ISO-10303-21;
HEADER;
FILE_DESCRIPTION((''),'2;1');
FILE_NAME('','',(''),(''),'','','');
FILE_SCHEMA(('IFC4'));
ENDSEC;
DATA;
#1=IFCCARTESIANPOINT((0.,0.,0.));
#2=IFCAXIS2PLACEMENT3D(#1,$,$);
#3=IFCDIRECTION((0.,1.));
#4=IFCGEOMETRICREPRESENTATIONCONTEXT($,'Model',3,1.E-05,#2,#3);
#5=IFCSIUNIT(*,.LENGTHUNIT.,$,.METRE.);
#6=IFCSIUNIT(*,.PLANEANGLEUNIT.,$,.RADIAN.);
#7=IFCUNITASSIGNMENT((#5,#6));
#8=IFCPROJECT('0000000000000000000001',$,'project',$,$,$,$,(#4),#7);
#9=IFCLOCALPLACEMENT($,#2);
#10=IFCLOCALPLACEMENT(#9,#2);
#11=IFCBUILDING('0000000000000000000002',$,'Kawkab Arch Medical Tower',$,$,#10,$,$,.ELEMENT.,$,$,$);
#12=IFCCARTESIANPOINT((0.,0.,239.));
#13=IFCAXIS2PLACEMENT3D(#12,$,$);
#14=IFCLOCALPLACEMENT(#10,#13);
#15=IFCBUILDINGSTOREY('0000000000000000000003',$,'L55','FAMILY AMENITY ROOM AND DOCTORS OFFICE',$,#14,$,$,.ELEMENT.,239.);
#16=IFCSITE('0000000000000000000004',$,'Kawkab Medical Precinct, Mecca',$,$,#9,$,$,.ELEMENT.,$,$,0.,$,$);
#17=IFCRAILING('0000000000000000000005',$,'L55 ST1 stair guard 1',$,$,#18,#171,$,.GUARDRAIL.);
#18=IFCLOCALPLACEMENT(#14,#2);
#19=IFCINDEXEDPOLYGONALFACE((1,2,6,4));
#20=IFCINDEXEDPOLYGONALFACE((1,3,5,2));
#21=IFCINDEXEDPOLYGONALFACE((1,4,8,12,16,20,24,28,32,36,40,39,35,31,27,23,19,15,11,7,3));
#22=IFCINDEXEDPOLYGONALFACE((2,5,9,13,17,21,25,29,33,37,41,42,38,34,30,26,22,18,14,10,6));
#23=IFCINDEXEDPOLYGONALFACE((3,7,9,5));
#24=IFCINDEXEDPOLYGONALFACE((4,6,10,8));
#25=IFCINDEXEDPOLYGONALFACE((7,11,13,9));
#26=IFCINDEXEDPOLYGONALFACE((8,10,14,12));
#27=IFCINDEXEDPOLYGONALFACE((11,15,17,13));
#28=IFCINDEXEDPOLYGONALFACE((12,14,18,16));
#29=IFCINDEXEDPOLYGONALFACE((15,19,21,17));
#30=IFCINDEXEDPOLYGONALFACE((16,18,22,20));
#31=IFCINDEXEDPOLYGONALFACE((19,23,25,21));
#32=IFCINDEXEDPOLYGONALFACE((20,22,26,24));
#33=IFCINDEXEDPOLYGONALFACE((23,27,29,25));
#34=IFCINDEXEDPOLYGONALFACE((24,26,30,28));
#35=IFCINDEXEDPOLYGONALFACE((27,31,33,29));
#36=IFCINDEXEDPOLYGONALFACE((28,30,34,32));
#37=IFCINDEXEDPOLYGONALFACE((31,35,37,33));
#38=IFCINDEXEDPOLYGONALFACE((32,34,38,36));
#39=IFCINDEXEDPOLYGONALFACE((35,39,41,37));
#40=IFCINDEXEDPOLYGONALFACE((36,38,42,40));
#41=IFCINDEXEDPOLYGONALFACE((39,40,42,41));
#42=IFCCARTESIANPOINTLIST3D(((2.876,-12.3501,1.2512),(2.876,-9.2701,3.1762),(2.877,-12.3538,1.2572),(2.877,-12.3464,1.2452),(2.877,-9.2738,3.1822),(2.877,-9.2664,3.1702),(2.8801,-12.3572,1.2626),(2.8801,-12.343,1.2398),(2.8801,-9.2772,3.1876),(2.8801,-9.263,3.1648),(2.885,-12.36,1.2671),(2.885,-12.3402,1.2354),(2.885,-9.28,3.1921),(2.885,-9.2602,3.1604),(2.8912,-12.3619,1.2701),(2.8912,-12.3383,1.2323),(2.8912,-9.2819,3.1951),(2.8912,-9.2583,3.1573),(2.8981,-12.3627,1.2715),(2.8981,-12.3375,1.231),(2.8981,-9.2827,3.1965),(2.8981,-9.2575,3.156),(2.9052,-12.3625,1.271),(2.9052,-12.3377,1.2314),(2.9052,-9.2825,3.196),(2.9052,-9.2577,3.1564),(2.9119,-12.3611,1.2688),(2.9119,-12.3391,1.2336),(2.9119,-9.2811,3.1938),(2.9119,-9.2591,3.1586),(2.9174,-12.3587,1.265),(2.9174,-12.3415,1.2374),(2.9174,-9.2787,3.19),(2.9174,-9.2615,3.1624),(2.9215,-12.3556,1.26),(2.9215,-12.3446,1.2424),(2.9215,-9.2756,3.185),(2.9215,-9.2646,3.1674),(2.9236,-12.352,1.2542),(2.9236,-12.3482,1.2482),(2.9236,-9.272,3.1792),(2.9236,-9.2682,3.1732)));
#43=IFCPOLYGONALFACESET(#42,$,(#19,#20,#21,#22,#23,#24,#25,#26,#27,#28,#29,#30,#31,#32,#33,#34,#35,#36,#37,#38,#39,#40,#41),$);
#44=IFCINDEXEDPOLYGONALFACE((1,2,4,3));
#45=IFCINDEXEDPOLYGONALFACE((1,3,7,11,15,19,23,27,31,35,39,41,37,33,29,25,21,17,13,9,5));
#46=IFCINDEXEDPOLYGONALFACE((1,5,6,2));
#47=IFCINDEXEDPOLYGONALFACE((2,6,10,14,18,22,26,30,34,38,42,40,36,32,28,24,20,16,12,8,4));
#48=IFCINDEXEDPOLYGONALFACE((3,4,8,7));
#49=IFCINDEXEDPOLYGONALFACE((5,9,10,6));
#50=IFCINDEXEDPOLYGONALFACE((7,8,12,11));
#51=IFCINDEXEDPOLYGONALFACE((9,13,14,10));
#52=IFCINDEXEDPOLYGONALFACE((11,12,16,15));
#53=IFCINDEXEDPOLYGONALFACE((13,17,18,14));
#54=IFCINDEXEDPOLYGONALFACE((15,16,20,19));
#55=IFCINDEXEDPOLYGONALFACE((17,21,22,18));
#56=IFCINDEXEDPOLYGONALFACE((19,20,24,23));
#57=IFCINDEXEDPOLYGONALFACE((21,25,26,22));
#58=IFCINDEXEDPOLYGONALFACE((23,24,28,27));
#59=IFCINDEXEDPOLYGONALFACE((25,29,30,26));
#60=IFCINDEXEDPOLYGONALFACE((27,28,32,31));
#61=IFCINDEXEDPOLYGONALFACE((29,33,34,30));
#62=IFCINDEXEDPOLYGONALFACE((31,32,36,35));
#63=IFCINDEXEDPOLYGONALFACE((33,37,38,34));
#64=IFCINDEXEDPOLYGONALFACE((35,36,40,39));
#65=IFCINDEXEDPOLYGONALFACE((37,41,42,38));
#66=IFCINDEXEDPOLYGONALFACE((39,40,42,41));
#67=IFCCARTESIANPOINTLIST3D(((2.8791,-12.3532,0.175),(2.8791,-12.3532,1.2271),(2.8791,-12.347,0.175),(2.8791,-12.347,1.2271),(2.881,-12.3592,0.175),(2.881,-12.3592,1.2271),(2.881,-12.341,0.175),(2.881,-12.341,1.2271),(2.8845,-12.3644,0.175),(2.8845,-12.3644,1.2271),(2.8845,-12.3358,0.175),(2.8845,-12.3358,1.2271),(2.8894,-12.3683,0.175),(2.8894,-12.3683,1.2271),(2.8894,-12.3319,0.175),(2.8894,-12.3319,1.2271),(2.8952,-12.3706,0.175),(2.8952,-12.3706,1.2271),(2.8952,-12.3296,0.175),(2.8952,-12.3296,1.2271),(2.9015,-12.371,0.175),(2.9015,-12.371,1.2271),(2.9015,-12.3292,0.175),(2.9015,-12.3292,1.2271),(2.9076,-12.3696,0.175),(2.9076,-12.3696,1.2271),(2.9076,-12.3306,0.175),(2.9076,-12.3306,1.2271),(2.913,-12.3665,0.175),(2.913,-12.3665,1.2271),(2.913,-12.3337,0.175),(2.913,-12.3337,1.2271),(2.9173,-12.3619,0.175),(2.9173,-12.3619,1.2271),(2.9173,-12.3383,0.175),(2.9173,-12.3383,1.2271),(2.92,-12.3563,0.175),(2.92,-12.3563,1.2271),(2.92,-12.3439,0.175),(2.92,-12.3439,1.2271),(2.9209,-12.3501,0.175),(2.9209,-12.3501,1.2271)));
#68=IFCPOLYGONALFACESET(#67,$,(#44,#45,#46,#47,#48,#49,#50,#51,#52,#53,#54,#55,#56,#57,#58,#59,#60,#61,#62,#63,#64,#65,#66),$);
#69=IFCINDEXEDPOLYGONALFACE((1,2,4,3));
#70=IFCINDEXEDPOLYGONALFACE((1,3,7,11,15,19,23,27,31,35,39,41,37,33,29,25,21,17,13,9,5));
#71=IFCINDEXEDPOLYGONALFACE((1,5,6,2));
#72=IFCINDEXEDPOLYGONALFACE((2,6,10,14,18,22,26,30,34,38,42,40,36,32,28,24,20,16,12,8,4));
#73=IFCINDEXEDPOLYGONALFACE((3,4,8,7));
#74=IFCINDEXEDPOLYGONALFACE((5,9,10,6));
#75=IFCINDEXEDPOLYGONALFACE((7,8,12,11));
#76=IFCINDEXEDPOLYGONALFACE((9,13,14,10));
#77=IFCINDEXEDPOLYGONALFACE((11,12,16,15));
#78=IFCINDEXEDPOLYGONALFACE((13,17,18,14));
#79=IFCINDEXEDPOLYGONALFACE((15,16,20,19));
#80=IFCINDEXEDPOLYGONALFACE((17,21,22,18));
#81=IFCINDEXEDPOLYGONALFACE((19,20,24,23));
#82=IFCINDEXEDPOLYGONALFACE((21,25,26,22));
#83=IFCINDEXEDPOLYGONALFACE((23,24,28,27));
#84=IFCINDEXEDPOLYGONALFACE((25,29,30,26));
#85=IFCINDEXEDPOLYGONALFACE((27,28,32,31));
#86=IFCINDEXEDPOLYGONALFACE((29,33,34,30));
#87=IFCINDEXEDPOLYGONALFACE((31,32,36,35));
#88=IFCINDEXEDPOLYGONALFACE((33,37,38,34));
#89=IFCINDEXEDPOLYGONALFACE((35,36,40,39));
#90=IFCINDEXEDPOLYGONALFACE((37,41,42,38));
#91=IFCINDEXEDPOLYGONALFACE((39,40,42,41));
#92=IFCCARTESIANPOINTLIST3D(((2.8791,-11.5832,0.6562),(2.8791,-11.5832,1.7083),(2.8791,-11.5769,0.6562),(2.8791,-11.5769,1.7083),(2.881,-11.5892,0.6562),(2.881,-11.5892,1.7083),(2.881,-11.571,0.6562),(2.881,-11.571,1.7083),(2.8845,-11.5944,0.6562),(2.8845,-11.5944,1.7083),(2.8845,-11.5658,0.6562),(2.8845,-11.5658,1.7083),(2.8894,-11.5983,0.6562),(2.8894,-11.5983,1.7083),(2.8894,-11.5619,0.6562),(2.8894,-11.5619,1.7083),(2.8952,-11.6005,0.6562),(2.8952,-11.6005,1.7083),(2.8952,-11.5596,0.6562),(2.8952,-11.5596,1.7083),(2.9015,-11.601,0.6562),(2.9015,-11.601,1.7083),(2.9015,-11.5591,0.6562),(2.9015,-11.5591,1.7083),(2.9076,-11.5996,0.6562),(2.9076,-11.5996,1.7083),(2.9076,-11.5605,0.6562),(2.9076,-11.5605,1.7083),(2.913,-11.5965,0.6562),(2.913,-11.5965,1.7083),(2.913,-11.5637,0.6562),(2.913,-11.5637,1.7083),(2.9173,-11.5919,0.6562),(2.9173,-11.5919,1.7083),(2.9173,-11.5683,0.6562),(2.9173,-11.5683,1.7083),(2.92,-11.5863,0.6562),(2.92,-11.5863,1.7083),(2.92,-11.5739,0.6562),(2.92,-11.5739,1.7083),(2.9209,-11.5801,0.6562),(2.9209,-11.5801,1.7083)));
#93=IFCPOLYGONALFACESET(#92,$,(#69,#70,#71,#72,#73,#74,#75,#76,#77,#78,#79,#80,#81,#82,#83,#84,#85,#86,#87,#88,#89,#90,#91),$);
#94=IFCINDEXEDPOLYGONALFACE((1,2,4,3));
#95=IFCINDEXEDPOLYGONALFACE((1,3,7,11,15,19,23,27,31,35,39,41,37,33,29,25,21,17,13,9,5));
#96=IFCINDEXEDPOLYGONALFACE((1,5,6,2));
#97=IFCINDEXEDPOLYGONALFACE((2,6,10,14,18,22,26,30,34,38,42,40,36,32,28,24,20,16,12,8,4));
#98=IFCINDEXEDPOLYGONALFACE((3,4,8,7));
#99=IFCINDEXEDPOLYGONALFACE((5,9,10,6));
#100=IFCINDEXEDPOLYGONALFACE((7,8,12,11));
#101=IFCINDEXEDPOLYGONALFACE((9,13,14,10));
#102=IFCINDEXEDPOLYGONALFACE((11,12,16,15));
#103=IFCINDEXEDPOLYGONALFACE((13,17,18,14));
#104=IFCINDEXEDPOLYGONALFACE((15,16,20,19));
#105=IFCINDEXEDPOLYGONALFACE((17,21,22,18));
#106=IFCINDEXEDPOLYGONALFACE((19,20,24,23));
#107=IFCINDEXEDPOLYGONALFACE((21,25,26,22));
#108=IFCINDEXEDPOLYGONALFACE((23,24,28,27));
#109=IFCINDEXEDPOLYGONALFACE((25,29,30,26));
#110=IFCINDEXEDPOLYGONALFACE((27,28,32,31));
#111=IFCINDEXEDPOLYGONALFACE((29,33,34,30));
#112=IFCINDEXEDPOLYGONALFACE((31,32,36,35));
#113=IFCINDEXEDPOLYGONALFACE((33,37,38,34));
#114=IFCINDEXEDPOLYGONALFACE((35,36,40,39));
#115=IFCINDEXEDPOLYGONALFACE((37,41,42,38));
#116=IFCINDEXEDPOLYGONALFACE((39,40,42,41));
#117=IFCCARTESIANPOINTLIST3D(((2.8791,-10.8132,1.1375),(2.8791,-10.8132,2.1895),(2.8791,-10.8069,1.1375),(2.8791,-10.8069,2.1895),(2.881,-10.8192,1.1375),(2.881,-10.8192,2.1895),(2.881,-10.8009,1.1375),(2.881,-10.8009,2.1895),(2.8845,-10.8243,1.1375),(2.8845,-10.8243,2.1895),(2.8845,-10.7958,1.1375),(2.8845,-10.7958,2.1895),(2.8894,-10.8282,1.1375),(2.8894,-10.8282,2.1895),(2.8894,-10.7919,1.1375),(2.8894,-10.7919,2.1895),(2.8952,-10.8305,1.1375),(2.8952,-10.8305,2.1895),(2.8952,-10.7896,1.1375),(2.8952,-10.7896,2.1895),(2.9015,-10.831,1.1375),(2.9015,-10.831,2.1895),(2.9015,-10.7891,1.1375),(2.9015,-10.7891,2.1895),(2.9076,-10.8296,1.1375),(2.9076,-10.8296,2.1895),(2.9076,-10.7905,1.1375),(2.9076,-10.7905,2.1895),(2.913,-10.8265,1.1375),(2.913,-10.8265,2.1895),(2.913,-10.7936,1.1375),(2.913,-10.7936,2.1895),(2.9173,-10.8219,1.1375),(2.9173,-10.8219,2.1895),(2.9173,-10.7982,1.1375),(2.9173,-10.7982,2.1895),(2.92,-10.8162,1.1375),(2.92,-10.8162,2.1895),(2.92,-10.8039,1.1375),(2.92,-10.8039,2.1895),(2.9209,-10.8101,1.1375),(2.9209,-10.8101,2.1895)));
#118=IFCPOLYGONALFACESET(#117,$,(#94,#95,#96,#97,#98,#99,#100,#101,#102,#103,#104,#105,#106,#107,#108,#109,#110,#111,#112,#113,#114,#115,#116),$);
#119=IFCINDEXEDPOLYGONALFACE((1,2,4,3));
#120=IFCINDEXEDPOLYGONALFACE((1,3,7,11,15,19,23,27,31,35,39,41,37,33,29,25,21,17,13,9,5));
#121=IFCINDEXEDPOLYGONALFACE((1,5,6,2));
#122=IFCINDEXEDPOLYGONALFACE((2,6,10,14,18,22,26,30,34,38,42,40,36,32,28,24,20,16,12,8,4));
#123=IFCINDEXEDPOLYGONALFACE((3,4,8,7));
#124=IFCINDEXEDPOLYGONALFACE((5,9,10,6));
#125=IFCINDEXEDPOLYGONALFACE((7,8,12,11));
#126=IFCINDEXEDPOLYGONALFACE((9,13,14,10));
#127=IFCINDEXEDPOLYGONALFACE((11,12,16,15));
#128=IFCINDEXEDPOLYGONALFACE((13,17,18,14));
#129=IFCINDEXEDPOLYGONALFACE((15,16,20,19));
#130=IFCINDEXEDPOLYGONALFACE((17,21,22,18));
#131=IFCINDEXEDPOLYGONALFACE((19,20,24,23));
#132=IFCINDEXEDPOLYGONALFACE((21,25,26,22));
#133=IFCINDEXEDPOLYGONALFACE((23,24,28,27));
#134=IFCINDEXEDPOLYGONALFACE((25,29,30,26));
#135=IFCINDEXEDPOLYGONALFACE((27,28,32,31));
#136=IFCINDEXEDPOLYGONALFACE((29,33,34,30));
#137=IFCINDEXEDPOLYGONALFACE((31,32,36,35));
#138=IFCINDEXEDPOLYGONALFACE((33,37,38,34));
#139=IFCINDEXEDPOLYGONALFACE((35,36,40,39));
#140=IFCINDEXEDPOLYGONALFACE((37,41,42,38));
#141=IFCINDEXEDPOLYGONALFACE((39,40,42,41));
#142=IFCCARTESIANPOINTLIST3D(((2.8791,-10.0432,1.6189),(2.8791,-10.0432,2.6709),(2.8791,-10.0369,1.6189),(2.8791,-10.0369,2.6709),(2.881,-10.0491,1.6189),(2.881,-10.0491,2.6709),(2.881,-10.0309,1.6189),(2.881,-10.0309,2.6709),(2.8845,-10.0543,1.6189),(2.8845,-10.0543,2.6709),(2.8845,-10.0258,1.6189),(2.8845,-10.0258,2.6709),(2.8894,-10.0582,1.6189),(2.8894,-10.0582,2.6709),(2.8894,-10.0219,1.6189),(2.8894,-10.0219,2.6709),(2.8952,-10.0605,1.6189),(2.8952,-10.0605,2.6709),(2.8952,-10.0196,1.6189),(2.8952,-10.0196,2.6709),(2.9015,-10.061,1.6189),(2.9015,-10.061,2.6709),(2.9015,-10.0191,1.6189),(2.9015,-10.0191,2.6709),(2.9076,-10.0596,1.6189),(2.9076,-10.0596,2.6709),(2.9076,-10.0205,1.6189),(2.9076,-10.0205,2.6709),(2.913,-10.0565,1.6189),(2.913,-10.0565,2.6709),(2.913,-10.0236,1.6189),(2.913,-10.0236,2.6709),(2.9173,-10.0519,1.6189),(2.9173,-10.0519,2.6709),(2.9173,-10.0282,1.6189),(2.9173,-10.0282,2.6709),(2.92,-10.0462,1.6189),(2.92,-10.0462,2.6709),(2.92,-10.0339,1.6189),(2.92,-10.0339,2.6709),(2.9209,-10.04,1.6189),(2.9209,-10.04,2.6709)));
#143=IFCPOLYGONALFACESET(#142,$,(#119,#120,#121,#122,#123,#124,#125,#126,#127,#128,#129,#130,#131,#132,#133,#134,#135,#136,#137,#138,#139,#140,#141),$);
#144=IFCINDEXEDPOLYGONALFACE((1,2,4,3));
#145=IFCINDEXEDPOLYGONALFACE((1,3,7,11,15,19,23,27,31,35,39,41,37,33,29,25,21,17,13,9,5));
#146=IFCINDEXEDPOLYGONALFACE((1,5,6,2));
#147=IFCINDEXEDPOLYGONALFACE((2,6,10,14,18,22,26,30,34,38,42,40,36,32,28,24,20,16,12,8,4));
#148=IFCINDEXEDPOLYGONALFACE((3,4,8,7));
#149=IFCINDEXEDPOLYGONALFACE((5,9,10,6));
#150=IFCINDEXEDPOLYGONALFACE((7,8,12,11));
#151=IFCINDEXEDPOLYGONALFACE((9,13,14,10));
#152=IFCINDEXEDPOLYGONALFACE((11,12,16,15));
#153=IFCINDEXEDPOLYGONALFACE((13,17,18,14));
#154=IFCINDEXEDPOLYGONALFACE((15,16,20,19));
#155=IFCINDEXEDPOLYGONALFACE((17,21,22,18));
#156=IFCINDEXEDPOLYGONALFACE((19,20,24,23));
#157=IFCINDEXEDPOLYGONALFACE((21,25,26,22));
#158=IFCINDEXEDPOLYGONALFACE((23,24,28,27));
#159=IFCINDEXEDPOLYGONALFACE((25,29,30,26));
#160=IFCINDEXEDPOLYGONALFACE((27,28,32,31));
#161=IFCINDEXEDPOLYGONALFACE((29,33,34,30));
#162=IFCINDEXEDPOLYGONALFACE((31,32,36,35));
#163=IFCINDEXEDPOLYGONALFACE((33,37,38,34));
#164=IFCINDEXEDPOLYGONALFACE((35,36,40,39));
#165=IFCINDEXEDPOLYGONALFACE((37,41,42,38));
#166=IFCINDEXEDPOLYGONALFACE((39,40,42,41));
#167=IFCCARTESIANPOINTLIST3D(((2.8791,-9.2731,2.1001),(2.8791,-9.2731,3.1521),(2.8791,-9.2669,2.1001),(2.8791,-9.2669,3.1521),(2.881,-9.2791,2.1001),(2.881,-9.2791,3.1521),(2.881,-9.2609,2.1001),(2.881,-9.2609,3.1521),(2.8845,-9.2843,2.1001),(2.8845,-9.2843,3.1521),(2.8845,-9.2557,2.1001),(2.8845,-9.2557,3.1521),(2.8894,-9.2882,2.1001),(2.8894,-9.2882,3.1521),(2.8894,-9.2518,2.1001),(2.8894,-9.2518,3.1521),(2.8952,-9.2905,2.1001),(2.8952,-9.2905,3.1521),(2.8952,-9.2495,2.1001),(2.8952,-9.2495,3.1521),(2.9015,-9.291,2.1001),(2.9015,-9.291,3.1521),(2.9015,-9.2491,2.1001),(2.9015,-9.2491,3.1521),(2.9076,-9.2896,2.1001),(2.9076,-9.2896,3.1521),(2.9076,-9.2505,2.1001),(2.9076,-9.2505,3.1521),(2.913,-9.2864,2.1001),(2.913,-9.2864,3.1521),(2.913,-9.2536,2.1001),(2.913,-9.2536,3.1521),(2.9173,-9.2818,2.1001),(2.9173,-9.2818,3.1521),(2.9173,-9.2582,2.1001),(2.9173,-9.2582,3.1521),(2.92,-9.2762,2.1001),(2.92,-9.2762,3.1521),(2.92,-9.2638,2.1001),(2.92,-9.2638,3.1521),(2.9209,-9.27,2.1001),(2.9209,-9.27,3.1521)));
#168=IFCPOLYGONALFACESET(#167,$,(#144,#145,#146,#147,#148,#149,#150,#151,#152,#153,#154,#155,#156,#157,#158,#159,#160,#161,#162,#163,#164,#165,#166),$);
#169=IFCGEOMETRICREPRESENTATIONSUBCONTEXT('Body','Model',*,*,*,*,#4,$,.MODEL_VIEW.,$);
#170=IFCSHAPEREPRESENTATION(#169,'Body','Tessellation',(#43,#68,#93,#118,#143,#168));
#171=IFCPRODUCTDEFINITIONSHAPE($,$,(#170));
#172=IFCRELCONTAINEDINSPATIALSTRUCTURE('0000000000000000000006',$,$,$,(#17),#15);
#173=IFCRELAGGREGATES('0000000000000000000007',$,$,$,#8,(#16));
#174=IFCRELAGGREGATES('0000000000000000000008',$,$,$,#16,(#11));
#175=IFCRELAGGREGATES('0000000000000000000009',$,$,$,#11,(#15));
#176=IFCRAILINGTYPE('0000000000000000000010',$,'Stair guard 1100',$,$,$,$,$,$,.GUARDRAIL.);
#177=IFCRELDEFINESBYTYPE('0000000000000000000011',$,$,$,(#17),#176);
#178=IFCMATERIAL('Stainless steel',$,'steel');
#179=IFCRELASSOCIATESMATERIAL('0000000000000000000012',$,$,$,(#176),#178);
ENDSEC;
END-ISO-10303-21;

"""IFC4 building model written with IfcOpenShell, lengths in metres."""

from ifc_helpers import new_model, si_unit, direction, frame, origin, origin_2d, place, context, subcontext, project, spatial, circle, extrude, material, type_object, element, save


model = new_model("IFC4")

# Units and contexts
model_context = context("Model", 3, precision=1e-05, world=origin(), true_north=direction((0.0, 1.0)))
body_context = subcontext(model_context, "Body", "Model", "MODEL_VIEW")
ifc_project = project(units=[si_unit("LENGTHUNIT", "METRE"), si_unit("PLANEANGLEUNIT", "RADIAN")], contexts=[model_context])

# Site, building, storey
site_placement = place(None, origin())
site = spatial("IfcSite", under=ifc_project, at=site_placement, Name="Kawkab Medical Precinct, Mecca", CompositionType="ELEMENT", RefElevation=0.0)
building_placement = place(site_placement, origin())
building = spatial("IfcBuilding", under=site, at=building_placement, Name="Kawkab Arch Medical Tower", CompositionType="ELEMENT")
storey_placement = place(building_placement, frame((0.0, 0.0, 239.0)))
storey = spatial("IfcBuildingStorey", under=building, at=storey_placement, Name="L55", Description="FAMILY AMENITY ROOM AND DOCTORS OFFICE", CompositionType="ELEMENT", Elevation=239.0)

# Railing
ifc_material_1 = material(Name="Stainless steel", Category="steel")
railing_type_1 = type_object("IfcRailingType", Name="Stair guard 1100", PredefinedType="GUARDRAIL", material=ifc_material_1)
railing_1_placement = place(storey_placement, frame((2.8999, -12.3501, 0.175)))
element("IfcRailing", 1, at=railing_1_placement, inside=storey, type_object=railing_type_1, Name="L55 ST1 stair guard 1", PredefinedType="GUARDRAIL", context=body_context, shape_type="SweptSolid", body=[
    extrude(circle(Radius=0.0239, at=origin_2d()), frame((0.0, 0.0, 1.0762), z_axis=(0.0, 0.847998, 0.529999), x_axis=(-1.0, 0.0, 0.0)), (0.0, 0.0, 1.0), 3.6321),
    extrude(circle(Radius=0.021, at=origin_2d()), origin(), (0.0, 0.0, 1.0), 1.052),
    extrude(circle(Radius=0.021, at=origin_2d()), frame((0.0, 0.77, 0.4812)), (0.0, 0.0, 1.0), 1.052),
    extrude(circle(Radius=0.021, at=origin_2d()), frame((0.0, 1.54, 0.9624)), (0.0, 0.0, 1.0), 1.052),
    extrude(circle(Radius=0.021, at=origin_2d()), frame((0.0, 2.3101, 1.4438)), (0.0, 0.0, 1.0), 1.052),
    extrude(circle(Radius=0.021, at=origin_2d()), frame((0.0, 3.0801, 1.925)), (0.0, 0.0, 1.0), 1.052),
])

save(model, "model.ifc")
